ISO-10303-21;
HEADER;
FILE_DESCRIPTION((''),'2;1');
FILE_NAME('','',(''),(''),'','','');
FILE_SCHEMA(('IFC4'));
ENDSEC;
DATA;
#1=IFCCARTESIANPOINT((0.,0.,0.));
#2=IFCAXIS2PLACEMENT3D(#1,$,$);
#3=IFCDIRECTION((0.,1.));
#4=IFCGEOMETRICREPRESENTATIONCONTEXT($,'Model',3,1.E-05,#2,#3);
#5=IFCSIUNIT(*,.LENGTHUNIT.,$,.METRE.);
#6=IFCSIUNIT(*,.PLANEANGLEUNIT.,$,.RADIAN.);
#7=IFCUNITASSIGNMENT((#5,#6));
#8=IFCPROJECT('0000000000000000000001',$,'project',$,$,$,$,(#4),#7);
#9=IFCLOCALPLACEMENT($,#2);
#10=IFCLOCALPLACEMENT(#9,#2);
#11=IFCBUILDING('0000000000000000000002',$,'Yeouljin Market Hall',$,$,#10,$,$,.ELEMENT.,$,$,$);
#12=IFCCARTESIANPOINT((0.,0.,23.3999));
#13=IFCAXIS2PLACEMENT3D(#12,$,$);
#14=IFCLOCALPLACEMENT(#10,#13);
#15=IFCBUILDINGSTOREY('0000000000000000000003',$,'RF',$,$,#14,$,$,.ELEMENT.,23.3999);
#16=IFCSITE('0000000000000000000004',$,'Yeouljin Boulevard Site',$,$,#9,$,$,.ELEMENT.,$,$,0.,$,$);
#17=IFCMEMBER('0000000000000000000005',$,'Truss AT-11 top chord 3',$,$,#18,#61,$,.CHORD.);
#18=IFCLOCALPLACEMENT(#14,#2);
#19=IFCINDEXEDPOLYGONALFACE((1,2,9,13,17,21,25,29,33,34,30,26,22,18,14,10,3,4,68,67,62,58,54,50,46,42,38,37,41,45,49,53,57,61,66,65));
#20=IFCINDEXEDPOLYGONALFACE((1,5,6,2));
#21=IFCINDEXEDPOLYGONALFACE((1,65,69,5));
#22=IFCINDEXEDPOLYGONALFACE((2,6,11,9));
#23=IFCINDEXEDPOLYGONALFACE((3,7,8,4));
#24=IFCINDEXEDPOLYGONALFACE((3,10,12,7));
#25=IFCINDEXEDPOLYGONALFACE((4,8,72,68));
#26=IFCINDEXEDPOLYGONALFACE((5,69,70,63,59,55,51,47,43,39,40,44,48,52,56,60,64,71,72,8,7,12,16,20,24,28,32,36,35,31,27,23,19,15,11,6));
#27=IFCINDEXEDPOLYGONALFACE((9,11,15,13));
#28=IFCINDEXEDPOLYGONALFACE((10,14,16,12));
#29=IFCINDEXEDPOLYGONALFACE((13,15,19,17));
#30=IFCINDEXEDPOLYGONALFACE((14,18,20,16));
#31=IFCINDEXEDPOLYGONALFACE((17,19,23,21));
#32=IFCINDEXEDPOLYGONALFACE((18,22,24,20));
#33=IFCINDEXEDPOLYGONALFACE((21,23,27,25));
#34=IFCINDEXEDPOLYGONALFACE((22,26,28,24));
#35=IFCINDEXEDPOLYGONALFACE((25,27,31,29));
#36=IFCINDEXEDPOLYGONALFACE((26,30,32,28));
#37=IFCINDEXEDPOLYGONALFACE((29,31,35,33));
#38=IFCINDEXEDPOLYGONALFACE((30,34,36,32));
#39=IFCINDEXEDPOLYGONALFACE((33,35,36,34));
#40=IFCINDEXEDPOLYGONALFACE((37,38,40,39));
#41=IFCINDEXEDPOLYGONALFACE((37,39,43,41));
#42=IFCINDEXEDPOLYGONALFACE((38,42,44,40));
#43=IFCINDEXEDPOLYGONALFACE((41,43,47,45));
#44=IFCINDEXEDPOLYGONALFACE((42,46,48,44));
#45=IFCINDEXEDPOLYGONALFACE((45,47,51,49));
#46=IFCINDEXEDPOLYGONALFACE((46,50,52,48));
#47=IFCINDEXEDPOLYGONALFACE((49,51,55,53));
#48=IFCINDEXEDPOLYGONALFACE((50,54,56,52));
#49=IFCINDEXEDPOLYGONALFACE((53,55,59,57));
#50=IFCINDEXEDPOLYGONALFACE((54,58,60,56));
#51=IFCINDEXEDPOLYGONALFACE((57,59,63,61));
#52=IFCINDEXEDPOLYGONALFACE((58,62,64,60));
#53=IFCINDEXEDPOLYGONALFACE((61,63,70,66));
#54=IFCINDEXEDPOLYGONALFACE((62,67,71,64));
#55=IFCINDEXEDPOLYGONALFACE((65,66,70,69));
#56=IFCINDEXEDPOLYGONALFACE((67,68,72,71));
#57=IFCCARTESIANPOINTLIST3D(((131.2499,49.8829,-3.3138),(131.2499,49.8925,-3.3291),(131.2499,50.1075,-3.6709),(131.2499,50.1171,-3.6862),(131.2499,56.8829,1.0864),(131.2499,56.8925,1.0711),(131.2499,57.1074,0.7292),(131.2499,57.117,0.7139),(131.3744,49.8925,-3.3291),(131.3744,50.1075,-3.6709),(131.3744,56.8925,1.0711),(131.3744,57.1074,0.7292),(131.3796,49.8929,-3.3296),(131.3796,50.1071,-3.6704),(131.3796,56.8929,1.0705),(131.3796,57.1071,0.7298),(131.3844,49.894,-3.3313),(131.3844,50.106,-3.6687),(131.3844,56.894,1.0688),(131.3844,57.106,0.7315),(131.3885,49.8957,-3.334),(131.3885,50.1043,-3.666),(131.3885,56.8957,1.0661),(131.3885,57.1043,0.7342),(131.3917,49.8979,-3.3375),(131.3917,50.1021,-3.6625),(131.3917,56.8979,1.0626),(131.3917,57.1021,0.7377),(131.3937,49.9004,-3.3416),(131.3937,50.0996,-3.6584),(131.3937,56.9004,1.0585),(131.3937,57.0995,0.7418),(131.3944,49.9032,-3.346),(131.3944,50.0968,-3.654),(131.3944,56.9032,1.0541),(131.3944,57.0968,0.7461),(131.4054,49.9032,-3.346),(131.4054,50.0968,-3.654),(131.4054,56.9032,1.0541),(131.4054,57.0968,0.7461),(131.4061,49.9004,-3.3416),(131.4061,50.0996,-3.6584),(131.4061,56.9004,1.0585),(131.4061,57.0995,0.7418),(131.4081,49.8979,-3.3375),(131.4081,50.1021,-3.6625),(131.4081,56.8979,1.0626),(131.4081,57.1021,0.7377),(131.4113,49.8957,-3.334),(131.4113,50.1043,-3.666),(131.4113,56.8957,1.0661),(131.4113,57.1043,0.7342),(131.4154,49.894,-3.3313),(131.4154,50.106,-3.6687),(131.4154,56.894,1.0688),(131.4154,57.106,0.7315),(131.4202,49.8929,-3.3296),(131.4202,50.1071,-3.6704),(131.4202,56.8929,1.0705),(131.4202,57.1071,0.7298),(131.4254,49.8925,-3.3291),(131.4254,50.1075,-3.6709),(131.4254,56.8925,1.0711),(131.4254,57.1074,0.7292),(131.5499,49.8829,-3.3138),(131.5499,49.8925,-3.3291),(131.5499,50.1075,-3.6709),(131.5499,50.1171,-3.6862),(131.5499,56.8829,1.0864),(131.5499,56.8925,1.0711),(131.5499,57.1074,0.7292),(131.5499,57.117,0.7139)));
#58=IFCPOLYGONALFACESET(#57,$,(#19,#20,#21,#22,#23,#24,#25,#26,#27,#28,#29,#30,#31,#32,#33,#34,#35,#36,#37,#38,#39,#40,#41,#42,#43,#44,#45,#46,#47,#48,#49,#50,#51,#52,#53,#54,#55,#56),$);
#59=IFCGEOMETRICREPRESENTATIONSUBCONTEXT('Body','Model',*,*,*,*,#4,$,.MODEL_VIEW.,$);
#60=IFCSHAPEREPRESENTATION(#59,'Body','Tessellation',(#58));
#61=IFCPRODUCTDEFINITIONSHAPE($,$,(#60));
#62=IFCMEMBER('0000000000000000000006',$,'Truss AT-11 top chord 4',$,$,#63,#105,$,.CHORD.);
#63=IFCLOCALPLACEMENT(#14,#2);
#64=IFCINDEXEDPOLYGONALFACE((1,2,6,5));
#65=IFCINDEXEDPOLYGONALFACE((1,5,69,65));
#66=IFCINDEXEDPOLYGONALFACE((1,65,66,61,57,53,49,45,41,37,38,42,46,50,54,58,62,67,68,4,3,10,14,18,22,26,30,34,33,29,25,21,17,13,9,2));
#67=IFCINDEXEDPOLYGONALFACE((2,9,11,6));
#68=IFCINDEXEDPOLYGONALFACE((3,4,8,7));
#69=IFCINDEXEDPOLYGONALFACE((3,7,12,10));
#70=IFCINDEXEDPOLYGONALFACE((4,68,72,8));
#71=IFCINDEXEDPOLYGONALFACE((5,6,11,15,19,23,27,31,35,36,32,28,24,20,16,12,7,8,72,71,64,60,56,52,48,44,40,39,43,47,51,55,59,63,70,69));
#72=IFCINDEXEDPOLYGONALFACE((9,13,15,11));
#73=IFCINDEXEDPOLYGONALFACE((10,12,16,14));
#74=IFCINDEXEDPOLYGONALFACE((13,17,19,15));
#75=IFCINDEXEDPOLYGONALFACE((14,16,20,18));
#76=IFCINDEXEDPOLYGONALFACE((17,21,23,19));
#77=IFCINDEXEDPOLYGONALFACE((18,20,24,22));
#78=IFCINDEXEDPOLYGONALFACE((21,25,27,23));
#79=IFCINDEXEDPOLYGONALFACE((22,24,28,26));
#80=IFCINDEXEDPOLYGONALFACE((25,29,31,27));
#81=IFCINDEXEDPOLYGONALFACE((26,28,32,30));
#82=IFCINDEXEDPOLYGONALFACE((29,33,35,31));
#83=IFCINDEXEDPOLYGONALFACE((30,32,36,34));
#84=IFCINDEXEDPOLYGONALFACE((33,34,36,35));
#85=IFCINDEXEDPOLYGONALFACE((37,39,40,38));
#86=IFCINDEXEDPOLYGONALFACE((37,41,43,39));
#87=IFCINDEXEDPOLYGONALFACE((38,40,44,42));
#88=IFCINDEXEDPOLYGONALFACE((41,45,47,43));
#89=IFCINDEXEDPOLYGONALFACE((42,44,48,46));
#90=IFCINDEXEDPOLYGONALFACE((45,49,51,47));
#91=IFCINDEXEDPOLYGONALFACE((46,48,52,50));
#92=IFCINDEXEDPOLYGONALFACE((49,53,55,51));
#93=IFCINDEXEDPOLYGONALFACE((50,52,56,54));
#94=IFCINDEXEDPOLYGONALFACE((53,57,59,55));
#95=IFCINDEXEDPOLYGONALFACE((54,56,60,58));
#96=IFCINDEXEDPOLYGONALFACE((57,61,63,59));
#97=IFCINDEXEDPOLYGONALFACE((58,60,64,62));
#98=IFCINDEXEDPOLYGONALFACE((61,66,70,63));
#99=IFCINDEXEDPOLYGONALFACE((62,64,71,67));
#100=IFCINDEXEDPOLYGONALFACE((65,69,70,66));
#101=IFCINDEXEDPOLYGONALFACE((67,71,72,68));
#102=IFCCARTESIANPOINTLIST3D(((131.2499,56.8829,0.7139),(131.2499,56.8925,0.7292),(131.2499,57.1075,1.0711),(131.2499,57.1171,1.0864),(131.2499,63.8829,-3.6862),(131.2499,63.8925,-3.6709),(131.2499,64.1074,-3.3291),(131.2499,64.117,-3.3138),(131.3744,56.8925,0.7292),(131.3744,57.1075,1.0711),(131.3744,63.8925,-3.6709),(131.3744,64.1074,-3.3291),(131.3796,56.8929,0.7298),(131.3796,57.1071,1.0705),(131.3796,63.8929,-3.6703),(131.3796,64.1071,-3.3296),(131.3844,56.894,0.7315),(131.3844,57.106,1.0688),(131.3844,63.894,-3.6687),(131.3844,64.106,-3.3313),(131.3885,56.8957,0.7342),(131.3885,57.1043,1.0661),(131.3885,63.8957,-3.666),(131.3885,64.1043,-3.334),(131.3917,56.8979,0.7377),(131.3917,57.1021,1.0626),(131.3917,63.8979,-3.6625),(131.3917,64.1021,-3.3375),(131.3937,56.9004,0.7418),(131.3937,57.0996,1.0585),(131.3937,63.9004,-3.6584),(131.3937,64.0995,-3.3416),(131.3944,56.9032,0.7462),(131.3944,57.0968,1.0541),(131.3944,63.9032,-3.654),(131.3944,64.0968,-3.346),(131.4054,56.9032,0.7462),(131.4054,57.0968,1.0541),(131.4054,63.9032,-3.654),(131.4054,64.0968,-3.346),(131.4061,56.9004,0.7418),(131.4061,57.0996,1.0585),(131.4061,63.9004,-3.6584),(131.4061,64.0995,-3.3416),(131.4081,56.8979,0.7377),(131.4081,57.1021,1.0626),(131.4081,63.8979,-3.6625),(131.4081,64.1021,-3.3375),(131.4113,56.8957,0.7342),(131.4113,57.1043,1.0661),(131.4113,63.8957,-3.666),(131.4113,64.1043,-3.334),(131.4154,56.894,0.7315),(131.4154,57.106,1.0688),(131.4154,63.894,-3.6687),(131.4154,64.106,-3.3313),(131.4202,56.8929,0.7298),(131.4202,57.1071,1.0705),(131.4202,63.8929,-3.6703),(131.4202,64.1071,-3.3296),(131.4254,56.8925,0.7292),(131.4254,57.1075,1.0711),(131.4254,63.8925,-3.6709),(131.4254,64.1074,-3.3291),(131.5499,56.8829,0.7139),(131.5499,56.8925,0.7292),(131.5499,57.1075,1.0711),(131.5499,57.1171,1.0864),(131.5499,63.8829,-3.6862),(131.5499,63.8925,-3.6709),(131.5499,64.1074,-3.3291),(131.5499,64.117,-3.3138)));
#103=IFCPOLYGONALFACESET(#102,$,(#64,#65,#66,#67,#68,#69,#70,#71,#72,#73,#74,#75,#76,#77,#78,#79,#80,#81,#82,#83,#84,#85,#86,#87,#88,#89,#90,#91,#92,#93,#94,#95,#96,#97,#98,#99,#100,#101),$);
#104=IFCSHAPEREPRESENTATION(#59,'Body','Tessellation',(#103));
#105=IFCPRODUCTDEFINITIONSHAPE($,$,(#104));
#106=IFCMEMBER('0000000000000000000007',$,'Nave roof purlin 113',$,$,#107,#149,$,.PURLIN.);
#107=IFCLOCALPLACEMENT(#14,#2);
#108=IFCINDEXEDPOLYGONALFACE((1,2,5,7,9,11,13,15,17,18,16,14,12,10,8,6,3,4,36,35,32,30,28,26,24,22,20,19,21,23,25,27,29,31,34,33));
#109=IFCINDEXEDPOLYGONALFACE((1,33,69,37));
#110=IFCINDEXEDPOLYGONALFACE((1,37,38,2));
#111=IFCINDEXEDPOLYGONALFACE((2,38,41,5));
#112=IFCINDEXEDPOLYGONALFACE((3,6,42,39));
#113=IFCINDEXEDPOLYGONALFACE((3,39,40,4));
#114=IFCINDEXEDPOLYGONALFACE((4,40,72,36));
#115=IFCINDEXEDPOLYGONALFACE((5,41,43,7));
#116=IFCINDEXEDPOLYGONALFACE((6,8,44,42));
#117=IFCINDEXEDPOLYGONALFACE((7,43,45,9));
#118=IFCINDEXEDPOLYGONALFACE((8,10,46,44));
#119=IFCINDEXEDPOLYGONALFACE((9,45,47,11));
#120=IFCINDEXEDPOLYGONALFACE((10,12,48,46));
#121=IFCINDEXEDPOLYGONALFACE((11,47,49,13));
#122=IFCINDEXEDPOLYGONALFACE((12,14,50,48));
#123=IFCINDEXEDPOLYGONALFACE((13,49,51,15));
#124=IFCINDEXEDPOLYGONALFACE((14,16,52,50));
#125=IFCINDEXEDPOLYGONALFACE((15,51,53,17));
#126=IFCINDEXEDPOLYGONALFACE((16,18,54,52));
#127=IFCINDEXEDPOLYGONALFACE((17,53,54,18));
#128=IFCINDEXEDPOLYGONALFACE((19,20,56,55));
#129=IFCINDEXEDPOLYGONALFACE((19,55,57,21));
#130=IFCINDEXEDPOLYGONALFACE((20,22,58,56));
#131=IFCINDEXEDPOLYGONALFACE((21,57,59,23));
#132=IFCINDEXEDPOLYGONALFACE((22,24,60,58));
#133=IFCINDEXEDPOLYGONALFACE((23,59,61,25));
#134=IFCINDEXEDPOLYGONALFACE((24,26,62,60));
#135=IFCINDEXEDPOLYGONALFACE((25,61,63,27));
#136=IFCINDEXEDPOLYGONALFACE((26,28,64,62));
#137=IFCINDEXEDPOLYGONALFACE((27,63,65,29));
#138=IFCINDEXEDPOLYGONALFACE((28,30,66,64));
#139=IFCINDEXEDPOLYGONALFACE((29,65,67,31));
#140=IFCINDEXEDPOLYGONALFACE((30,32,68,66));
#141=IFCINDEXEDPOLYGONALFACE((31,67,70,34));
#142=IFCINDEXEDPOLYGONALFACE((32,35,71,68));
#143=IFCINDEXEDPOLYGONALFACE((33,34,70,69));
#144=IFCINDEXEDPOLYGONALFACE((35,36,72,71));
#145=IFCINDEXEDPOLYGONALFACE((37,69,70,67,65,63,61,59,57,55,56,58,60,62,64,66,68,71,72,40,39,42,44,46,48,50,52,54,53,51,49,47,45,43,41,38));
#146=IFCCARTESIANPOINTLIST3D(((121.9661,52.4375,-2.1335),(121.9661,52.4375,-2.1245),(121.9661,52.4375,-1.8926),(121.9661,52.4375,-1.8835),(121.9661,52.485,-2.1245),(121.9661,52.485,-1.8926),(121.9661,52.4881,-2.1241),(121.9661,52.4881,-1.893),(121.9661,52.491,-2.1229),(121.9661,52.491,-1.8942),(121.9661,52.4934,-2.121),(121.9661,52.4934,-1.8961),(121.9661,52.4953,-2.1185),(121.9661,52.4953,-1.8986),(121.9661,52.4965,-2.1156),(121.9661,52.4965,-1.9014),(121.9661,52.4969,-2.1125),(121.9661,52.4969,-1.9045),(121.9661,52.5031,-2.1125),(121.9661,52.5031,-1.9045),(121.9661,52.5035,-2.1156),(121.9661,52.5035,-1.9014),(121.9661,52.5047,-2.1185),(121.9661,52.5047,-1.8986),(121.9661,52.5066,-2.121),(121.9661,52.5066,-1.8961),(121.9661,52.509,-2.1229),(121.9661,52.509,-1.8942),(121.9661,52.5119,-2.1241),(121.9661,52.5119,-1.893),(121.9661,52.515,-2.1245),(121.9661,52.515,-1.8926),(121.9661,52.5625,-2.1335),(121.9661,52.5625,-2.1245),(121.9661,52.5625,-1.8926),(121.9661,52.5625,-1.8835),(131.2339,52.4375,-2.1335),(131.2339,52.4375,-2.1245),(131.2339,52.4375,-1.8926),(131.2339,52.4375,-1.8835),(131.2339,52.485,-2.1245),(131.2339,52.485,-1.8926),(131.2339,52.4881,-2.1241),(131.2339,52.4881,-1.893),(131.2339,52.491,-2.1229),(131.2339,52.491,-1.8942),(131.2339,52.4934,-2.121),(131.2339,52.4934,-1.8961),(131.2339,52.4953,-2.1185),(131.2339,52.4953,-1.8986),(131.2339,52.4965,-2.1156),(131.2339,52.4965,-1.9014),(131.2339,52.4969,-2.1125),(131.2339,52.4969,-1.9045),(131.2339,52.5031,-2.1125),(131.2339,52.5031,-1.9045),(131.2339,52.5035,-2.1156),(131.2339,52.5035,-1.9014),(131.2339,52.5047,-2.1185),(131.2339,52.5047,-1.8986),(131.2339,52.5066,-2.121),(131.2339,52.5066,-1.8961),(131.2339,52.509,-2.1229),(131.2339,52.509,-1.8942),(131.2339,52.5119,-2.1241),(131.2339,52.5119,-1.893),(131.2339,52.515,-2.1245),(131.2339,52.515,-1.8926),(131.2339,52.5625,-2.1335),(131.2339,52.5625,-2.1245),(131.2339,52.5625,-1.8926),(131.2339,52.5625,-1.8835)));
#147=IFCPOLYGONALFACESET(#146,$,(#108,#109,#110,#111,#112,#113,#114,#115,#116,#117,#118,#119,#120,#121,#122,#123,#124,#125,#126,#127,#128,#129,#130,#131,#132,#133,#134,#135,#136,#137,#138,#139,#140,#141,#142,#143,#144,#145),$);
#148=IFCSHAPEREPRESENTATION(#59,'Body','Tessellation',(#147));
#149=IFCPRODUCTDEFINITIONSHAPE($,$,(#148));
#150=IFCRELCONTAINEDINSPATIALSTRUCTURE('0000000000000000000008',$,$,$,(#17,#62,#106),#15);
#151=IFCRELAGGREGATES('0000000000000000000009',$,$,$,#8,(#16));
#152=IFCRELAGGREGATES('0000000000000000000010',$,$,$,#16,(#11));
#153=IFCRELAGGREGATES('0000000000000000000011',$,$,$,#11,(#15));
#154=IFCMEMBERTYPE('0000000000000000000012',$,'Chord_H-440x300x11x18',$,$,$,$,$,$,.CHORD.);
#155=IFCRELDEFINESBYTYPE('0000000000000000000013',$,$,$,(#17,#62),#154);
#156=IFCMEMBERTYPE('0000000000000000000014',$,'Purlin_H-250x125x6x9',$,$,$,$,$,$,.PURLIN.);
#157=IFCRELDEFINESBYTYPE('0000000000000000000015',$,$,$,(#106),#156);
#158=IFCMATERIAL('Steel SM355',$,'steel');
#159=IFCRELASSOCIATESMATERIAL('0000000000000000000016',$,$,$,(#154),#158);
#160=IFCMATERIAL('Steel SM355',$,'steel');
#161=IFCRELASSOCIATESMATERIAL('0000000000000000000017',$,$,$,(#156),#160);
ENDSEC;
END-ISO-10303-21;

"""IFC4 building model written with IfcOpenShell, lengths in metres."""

from ifc_helpers import new_model, si_unit, direction, frame, origin, origin_2d, place, context, subcontext, project, spatial, i_section, extrude, material, material_profile, profile_set, type_object, element, save


model = new_model("IFC4")

# Units and contexts
model_context = context("Model", 3, precision=1e-05, world=origin(), true_north=direction((0.0, 1.0)))
body_context = subcontext(model_context, "Body", "Model", "MODEL_VIEW")
ifc_project = project(units=[si_unit("LENGTHUNIT", "METRE"), si_unit("PLANEANGLEUNIT", "RADIAN")], contexts=[model_context])

# Site, building, storey
site_placement = place(None, origin())
site = spatial("IfcSite", under=ifc_project, at=site_placement, Name="Yeouljin Boulevard Site", CompositionType="ELEMENT", RefElevation=0.0)
building_placement = place(site_placement, origin())
building = spatial("IfcBuilding", under=site, at=building_placement, Name="Yeouljin Market Hall", CompositionType="ELEMENT")
storey_placement = place(building_placement, frame((0.0, 0.0, 23.3999)))
storey = spatial("IfcBuildingStorey", under=building, at=storey_placement, Name="RF", CompositionType="ELEMENT", Elevation=23.3999)

# Members
ifc_material_1 = material(Name="Steel SM355", Category="steel")
ifc_material_profile_1 = material_profile(ifc_material_1, i_section(OverallWidth=0.3, OverallDepth=0.4399, WebThickness=0.011, FlangeThickness=0.0181, FilletRadius=0.02, at=origin_2d()), Name="H-440x300x11x18")
ifc_profile_set_1 = profile_set([ifc_material_profile_1], Name="Steel SM355")
member_type_1 = type_object("IfcMemberType", Name="Chord_H-440x300x11x18", PredefinedType="CHORD", material=ifc_profile_set_1)
for number, where, z_axis, x_axis, name in (
    (1, (131.3999, 50.0, -3.5), (0.0, 0.846629, 0.532184), (-1.0, 0.0, 0.0), "Truss AT-11 top chord 3"),
    (2, (131.3999, 57.0, 0.9001), (0.0, 0.846629, -0.532184), (-1.0, 0.0, 0.0), "Truss AT-11 top chord 4"),
):
    element("IfcMember", number, at=place(storey_placement, frame(where, z_axis=z_axis, x_axis=x_axis)), inside=storey, type_object=member_type_1, Name=name, PredefinedType="CHORD", context=body_context, shape_type="SweptSolid", body=[
        extrude(i_section(OverallWidth=0.3, OverallDepth=0.4399, WebThickness=0.011, FlangeThickness=0.0181, FilletRadius=0.02, at=origin_2d()), origin(), (0.0, 0.0, 1.0), 8.2681),
    ])
ifc_material_2 = material(Name="Steel SM355", Category="steel")
ifc_material_profile_2 = material_profile(ifc_material_2, i_section(OverallWidth=0.125, OverallDepth=0.25, WebThickness=0.0061, FlangeThickness=0.009, FilletRadius=0.012, at=origin_2d()), Name="H-250x125x6x9")
ifc_profile_set_2 = profile_set([ifc_material_profile_2], Name="Steel SM355")
member_type_2 = type_object("IfcMemberType", Name="Purlin_H-250x125x6x9", PredefinedType="PURLIN", material=ifc_profile_set_2)
member_1_placement = place(storey_placement, frame((121.9661, 52.5, -2.0085), z_axis=(1.0, 0.0, 0.0), x_axis=(0.0, 1.0, 0.0)))
element("IfcMember", 3, at=member_1_placement, inside=storey, type_object=member_type_2, Name="Nave roof purlin 113", PredefinedType="PURLIN", context=body_context, shape_type="SweptSolid", body=[
    extrude(i_section(OverallWidth=0.125, OverallDepth=0.25, WebThickness=0.0061, FlangeThickness=0.009, FilletRadius=0.012, at=origin_2d()), origin(), (0.0, 0.0, 1.0), 9.2678),
])

save(model, "model.ifc")
